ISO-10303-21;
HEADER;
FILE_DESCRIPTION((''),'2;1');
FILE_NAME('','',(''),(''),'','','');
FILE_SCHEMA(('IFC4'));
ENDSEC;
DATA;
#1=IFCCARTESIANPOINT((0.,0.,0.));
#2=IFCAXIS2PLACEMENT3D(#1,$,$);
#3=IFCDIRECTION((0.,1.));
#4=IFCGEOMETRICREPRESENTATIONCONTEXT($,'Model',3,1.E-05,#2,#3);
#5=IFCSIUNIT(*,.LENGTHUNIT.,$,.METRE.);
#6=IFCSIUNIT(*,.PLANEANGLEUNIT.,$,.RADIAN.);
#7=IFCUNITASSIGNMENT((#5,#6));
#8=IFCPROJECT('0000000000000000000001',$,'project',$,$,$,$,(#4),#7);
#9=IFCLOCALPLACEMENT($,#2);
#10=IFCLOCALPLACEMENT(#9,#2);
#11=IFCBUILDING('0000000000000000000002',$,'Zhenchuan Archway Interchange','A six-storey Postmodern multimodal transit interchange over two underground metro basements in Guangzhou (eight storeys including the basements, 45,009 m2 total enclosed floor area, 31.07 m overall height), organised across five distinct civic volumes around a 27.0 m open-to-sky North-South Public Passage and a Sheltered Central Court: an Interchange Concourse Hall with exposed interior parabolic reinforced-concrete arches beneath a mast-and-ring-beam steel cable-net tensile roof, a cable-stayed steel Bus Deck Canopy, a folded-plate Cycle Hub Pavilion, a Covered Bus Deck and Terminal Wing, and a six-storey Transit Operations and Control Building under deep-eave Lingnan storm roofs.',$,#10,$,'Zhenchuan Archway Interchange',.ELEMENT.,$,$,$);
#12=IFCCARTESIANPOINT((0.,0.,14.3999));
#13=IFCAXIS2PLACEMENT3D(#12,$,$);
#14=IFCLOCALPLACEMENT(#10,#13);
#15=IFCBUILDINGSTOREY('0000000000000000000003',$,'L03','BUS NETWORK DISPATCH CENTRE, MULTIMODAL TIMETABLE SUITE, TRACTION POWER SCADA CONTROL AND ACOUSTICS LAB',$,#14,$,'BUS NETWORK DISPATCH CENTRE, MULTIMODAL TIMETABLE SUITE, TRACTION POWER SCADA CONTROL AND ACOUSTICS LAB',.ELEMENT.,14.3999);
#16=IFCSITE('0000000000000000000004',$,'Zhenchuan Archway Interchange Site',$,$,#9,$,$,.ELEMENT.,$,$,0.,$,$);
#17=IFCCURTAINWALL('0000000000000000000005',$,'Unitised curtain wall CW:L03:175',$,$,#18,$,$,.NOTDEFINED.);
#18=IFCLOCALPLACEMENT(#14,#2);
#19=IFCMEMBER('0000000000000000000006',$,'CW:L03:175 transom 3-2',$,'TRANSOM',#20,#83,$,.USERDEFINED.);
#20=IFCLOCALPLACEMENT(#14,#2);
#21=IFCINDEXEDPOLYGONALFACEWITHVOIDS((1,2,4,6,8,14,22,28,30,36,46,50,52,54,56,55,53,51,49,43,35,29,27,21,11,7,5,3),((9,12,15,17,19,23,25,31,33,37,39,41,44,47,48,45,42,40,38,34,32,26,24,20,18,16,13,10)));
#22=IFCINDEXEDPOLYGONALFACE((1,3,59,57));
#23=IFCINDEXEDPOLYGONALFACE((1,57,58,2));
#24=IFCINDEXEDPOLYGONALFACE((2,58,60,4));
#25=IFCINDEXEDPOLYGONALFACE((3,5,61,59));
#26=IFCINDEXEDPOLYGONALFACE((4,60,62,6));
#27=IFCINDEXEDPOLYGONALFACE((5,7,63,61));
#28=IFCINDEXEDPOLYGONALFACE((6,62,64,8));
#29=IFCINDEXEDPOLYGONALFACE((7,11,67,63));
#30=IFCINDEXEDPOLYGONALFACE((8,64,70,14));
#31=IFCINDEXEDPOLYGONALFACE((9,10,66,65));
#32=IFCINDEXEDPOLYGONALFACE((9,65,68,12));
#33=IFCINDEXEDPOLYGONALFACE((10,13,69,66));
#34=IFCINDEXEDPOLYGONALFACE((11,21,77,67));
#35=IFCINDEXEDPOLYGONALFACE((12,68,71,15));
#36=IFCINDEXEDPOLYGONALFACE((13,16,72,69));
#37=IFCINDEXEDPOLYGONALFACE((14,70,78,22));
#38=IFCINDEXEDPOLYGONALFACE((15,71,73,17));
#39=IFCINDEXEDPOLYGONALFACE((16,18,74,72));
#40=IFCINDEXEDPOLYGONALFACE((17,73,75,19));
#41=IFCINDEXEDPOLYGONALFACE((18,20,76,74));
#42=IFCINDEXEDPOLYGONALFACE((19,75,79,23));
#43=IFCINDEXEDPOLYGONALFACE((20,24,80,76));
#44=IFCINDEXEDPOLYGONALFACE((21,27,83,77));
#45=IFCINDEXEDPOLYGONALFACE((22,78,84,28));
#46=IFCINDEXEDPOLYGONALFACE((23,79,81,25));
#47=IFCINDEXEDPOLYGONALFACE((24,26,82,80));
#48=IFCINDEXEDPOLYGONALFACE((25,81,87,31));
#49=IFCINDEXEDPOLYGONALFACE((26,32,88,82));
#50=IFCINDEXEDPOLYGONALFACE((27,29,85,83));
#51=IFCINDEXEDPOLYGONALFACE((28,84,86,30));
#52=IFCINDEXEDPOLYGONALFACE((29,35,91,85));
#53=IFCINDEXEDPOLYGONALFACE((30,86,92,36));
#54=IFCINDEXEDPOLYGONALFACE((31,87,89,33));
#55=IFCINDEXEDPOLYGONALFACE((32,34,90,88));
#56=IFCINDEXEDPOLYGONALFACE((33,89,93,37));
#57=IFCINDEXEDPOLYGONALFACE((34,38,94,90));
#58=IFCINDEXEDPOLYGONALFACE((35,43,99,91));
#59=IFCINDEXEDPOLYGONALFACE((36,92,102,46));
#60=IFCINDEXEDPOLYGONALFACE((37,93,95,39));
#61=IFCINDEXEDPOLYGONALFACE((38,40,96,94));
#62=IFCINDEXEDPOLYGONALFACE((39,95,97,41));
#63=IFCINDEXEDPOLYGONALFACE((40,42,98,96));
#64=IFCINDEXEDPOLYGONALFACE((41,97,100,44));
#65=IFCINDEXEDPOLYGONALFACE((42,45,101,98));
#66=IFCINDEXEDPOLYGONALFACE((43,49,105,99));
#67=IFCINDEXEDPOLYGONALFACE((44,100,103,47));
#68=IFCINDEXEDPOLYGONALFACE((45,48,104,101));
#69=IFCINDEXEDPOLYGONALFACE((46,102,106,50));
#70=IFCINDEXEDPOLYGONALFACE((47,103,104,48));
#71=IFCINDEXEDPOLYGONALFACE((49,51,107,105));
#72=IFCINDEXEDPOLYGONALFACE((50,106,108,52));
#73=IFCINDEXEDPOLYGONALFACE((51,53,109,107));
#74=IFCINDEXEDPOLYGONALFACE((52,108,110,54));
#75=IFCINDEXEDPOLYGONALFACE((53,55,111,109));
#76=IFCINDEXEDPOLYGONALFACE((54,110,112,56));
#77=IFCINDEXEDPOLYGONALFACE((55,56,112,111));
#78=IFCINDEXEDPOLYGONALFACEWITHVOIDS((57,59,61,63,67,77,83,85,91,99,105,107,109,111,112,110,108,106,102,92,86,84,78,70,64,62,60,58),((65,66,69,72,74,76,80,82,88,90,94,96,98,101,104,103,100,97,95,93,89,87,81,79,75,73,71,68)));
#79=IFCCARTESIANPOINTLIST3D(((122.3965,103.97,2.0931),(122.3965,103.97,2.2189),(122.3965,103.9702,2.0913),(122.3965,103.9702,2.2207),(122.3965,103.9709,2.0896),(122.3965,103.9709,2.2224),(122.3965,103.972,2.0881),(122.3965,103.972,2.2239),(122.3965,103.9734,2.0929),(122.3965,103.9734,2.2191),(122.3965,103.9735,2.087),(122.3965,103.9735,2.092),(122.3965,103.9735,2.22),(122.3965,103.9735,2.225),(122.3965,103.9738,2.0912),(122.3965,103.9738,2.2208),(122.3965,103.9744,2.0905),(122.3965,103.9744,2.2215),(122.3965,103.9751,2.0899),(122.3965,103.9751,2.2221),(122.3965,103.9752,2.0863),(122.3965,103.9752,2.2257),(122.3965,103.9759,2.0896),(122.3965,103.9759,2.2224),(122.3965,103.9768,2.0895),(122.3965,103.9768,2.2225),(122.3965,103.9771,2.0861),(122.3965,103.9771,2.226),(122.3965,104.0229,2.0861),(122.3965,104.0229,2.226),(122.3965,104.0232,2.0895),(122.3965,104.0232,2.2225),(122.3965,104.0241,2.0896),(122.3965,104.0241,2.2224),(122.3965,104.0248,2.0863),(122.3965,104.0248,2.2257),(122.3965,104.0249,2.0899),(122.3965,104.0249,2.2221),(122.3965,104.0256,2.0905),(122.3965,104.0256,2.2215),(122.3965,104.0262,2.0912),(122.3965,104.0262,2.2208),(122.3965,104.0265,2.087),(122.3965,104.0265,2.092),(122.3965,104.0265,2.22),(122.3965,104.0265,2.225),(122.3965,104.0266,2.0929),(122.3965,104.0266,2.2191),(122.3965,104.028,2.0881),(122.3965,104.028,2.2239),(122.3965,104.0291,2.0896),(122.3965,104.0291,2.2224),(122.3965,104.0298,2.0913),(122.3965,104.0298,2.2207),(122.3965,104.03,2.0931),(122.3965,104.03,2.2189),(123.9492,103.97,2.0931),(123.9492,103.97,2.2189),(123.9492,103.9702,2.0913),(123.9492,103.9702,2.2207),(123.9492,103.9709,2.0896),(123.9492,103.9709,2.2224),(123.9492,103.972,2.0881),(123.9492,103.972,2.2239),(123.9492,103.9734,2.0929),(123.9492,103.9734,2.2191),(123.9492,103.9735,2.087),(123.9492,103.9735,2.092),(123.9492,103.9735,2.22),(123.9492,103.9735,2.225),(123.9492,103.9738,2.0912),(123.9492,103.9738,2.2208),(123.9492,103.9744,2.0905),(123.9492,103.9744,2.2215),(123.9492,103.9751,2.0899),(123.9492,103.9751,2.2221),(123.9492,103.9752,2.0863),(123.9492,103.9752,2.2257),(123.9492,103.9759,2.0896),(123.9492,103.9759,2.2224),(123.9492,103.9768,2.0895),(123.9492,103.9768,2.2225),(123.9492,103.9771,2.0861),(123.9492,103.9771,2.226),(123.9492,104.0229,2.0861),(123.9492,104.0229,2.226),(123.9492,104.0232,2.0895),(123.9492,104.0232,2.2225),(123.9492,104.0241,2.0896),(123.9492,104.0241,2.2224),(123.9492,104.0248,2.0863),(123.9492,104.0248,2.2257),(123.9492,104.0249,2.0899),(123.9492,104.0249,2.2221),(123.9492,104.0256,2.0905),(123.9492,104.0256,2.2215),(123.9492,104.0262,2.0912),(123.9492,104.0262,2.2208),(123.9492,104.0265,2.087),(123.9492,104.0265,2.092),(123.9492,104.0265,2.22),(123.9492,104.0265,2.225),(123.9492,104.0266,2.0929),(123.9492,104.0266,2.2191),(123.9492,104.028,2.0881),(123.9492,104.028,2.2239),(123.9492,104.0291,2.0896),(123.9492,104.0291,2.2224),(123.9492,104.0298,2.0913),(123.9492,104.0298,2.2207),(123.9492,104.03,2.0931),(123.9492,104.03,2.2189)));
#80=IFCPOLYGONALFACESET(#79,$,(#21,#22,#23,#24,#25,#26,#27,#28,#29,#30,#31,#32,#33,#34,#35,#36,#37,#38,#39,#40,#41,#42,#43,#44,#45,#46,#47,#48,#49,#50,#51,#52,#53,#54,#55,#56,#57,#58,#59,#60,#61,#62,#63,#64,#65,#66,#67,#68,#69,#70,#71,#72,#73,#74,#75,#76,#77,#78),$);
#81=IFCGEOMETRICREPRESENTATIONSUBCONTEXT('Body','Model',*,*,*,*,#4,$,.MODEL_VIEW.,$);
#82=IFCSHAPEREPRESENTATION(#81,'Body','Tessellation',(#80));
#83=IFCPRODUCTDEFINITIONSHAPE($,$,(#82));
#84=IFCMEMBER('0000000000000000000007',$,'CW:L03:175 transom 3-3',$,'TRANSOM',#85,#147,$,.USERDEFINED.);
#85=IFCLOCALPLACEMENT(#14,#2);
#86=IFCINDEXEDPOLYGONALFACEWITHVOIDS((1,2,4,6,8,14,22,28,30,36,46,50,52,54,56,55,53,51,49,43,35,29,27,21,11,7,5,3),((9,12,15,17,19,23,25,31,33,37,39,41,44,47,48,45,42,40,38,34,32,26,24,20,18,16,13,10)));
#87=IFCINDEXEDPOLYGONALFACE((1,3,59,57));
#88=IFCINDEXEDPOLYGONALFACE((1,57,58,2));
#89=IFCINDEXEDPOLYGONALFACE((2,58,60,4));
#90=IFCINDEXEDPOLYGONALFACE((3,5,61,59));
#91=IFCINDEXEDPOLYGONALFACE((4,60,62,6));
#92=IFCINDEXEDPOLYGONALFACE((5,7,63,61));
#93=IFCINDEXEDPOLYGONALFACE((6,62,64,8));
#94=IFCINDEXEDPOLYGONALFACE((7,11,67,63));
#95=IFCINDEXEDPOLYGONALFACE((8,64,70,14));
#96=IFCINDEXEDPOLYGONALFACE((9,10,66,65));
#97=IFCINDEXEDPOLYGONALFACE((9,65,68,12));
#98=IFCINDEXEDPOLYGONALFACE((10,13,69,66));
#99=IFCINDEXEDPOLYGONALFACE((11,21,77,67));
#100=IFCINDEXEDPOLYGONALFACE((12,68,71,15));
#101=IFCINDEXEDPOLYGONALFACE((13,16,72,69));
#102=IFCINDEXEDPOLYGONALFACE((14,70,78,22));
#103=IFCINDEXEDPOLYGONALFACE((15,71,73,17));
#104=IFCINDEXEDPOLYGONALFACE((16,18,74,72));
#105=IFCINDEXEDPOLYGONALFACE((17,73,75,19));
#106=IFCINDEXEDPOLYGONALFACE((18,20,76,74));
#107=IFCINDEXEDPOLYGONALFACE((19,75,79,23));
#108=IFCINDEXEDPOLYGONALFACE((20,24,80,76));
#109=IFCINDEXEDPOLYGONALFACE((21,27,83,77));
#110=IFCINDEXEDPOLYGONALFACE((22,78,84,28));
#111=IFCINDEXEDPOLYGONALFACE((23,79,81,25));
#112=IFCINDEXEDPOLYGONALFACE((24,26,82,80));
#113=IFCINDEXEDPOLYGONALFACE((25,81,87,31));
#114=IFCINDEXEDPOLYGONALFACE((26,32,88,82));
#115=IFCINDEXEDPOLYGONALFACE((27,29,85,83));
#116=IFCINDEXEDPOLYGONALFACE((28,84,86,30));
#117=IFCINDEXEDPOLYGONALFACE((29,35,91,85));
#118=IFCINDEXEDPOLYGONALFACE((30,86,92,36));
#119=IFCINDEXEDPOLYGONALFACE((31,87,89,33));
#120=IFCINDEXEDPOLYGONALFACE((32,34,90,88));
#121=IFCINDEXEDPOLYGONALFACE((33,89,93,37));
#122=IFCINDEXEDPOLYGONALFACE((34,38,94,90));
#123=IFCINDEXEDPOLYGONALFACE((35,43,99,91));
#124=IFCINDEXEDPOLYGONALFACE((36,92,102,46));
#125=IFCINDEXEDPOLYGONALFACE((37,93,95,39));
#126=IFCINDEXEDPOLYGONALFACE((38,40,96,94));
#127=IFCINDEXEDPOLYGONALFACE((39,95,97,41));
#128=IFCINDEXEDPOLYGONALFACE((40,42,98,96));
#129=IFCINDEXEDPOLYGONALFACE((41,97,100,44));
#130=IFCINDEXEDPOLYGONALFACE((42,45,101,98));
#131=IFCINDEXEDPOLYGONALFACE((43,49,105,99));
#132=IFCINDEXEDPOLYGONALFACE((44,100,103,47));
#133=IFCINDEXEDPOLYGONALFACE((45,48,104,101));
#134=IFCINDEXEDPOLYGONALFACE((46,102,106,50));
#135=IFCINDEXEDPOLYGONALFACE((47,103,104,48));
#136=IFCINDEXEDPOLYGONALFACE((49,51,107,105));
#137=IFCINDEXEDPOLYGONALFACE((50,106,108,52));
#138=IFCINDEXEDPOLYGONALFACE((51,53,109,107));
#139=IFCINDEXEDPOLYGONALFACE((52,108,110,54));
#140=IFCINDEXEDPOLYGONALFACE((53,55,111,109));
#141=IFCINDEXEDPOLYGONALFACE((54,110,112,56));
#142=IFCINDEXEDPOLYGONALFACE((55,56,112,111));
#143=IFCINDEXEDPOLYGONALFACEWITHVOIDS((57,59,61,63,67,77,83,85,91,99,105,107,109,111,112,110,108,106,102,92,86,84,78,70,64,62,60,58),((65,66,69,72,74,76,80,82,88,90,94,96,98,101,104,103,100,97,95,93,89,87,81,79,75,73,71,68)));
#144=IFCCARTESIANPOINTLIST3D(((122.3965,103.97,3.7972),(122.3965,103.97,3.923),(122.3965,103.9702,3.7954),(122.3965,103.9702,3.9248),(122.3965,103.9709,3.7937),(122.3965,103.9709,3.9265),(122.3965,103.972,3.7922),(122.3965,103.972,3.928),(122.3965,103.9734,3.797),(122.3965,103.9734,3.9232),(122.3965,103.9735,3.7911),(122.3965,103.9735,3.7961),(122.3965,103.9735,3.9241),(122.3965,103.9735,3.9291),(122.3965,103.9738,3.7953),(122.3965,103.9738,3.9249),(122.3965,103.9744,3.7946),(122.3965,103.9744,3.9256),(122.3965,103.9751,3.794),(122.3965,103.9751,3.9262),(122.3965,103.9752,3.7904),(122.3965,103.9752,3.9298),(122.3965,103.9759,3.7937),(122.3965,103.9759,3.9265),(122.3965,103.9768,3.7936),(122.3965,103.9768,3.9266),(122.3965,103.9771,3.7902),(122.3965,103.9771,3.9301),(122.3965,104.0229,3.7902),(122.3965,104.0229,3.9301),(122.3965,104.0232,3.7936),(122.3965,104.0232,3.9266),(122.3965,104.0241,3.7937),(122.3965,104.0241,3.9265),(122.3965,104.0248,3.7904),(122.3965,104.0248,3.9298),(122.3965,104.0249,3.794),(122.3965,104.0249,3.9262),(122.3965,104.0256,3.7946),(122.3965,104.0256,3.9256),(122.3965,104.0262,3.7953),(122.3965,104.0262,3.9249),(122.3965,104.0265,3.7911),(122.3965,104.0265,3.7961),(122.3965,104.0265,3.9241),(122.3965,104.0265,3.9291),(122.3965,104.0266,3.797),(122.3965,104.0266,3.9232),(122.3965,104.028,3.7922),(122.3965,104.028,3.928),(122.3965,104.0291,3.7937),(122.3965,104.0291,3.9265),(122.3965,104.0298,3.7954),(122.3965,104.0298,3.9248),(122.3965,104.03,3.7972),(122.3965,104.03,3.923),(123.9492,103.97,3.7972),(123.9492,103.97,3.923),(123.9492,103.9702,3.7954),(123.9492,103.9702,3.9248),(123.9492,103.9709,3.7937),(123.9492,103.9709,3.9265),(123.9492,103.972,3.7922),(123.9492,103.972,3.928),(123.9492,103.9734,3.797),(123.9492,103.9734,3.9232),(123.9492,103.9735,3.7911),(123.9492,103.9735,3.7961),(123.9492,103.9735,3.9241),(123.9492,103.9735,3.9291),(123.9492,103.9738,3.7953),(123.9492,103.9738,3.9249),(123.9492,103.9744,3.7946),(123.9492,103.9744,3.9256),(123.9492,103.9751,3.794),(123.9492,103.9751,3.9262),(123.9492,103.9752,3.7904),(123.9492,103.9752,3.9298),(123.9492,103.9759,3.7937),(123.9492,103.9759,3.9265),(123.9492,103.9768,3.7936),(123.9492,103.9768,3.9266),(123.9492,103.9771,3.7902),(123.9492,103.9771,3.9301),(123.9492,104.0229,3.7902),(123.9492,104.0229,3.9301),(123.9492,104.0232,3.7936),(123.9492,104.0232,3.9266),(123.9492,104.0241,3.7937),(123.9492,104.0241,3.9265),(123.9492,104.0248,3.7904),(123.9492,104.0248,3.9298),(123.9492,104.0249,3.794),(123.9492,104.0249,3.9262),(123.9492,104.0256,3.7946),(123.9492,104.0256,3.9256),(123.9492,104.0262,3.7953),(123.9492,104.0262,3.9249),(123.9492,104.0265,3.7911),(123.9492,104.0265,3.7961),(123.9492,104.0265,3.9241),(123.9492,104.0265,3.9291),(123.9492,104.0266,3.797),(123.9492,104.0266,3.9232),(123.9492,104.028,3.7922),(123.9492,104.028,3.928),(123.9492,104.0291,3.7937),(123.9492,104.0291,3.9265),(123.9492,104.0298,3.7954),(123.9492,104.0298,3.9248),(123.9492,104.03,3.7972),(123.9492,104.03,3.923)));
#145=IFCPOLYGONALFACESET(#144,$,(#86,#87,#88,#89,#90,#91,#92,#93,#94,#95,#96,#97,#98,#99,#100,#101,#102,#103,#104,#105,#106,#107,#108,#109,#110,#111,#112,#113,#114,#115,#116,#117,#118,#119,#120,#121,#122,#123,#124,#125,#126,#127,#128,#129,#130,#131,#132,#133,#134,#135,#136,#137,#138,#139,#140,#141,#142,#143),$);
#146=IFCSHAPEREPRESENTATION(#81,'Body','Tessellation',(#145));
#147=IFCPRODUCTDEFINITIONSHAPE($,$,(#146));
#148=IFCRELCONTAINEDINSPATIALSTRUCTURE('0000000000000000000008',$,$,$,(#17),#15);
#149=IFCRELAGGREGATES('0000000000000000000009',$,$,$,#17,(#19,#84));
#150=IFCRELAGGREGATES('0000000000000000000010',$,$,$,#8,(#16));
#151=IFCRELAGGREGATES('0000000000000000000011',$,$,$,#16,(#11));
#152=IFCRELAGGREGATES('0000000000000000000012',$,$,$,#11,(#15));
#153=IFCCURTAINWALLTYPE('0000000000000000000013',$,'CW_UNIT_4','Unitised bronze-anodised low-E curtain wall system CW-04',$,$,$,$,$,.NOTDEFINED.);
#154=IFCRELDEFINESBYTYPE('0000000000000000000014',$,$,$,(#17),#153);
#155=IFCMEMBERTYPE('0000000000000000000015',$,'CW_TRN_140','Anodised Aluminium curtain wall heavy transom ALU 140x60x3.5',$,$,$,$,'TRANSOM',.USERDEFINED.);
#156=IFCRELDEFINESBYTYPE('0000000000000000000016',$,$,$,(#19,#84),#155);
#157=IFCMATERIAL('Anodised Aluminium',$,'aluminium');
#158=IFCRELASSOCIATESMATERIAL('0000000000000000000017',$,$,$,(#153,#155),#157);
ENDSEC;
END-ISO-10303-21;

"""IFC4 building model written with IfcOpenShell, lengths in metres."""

from ifc_helpers import new_model, si_unit, direction, frame, origin, origin_2d, place, context, subcontext, project, spatial, hollow_rectangle, extrude, material, material_profile, profile_set, type_object, element, aggregate, save


model = new_model("IFC4")

# Units and contexts
model_context = context("Model", 3, precision=1e-05, world=origin(), true_north=direction((0.0, 1.0)))
body_context = subcontext(model_context, "Body", "Model", "MODEL_VIEW")
ifc_project = project(units=[si_unit("LENGTHUNIT", "METRE"), si_unit("PLANEANGLEUNIT", "RADIAN")], contexts=[model_context])

# Site, building, storey
site_placement = place(None, origin())
site = spatial("IfcSite", under=ifc_project, at=site_placement, Name="Zhenchuan Archway Interchange Site", CompositionType="ELEMENT", RefElevation=0.0)
building_placement = place(site_placement, origin())
building = spatial("IfcBuilding", under=site, at=building_placement, Name="Zhenchuan Archway Interchange", Description="A six-storey Postmodern multimodal transit interchange over two underground metro basements in Guangzhou (eight storeys including the basements, 45,009 m2 total enclosed floor area, 31.07 m overall height), organised across five distinct civic volumes around a 27.0 m open-to-sky North-South Public Passage and a Sheltered Central Court: an Interchange Concourse Hall with exposed interior parabolic reinforced-concrete arches beneath a mast-and-ring-beam steel cable-net tensile roof, a cable-stayed steel Bus Deck Canopy, a folded-plate Cycle Hub Pavilion, a Covered Bus Deck and Terminal Wing, and a six-storey Transit Operations and Control Building under deep-eave Lingnan storm roofs.", LongName="Zhenchuan Archway Interchange", CompositionType="ELEMENT")
storey_placement = place(building_placement, frame((0.0, 0.0, 14.3999)))
storey = spatial("IfcBuildingStorey", under=building, at=storey_placement, Name="L03", Description="BUS NETWORK DISPATCH CENTRE, MULTIMODAL TIMETABLE SUITE, TRACTION POWER SCADA CONTROL AND ACOUSTICS LAB", LongName="BUS NETWORK DISPATCH CENTRE, MULTIMODAL TIMETABLE SUITE, TRACTION POWER SCADA CONTROL AND ACOUSTICS LAB", CompositionType="ELEMENT", Elevation=14.3999)

# Curtain wall
ifc_material_1 = material(Name="Anodised Aluminium", Category="aluminium")
curtain_wall_type_1 = type_object("IfcCurtainWallType", Name="CW_UNIT_4", Description="Unitised bronze-anodised low-E curtain wall system CW-04", PredefinedType="NOTDEFINED", material=ifc_material_1)
curtain_wall_1_placement = place(storey_placement, origin())
curtain_wall_1 = element("IfcCurtainWall", 1, at=curtain_wall_1_placement, inside=storey, type_object=curtain_wall_type_1, Name="Unitised curtain wall CW:L03:175", PredefinedType="NOTDEFINED")

# Members
ifc_material_profile_1 = material_profile(ifc_material_1, hollow_rectangle(XDim=0.0601, YDim=0.1399, WallThickness=0.0034, InnerFilletRadius=0.0034, OuterFilletRadius=0.0071, at=origin_2d()), Name="ALU 140x60x3.5")
ifc_profile_set_1 = profile_set([ifc_material_profile_1], Name="Anodised Aluminium")
member_type_1 = type_object("IfcMemberType", Name="CW_TRN_140", Description="Anodised Aluminium curtain wall heavy transom ALU 140x60x3.5", ElementType="TRANSOM", PredefinedType="USERDEFINED", material=ifc_profile_set_1)
member_1_placement = place(storey_placement, frame((122.3965, 104.0, 2.156), z_axis=(1.0, 0.0, 0.0), x_axis=(0.0, 1.0, 0.0)))
member_1 = element("IfcMember", 2, at=member_1_placement, type_object=member_type_1, Name="CW:L03:175 transom 3-2", ObjectType="TRANSOM", PredefinedType="USERDEFINED", context=body_context, shape_type="SweptSolid", body=[
    extrude(hollow_rectangle(XDim=0.0601, YDim=0.1399, WallThickness=0.0034, InnerFilletRadius=0.0034, OuterFilletRadius=0.0071, at=origin_2d()), origin(), (0.0, 0.0, 1.0), 1.5527),
])
member_2_placement = place(storey_placement, frame((122.3965, 104.0, 3.8601), z_axis=(1.0, 0.0, 0.0), x_axis=(0.0, 1.0, 0.0)))
member_2 = element("IfcMember", 3, at=member_2_placement, type_object=member_type_1, Name="CW:L03:175 transom 3-3", ObjectType="TRANSOM", PredefinedType="USERDEFINED", context=body_context, shape_type="SweptSolid", body=[
    extrude(hollow_rectangle(XDim=0.0601, YDim=0.1399, WallThickness=0.0034, InnerFilletRadius=0.0034, OuterFilletRadius=0.0071, at=origin_2d()), origin(), (0.0, 0.0, 1.0), 1.5527),
])

aggregate(curtain_wall_1, [member_1, member_2])

save(model, "model.ifc")
